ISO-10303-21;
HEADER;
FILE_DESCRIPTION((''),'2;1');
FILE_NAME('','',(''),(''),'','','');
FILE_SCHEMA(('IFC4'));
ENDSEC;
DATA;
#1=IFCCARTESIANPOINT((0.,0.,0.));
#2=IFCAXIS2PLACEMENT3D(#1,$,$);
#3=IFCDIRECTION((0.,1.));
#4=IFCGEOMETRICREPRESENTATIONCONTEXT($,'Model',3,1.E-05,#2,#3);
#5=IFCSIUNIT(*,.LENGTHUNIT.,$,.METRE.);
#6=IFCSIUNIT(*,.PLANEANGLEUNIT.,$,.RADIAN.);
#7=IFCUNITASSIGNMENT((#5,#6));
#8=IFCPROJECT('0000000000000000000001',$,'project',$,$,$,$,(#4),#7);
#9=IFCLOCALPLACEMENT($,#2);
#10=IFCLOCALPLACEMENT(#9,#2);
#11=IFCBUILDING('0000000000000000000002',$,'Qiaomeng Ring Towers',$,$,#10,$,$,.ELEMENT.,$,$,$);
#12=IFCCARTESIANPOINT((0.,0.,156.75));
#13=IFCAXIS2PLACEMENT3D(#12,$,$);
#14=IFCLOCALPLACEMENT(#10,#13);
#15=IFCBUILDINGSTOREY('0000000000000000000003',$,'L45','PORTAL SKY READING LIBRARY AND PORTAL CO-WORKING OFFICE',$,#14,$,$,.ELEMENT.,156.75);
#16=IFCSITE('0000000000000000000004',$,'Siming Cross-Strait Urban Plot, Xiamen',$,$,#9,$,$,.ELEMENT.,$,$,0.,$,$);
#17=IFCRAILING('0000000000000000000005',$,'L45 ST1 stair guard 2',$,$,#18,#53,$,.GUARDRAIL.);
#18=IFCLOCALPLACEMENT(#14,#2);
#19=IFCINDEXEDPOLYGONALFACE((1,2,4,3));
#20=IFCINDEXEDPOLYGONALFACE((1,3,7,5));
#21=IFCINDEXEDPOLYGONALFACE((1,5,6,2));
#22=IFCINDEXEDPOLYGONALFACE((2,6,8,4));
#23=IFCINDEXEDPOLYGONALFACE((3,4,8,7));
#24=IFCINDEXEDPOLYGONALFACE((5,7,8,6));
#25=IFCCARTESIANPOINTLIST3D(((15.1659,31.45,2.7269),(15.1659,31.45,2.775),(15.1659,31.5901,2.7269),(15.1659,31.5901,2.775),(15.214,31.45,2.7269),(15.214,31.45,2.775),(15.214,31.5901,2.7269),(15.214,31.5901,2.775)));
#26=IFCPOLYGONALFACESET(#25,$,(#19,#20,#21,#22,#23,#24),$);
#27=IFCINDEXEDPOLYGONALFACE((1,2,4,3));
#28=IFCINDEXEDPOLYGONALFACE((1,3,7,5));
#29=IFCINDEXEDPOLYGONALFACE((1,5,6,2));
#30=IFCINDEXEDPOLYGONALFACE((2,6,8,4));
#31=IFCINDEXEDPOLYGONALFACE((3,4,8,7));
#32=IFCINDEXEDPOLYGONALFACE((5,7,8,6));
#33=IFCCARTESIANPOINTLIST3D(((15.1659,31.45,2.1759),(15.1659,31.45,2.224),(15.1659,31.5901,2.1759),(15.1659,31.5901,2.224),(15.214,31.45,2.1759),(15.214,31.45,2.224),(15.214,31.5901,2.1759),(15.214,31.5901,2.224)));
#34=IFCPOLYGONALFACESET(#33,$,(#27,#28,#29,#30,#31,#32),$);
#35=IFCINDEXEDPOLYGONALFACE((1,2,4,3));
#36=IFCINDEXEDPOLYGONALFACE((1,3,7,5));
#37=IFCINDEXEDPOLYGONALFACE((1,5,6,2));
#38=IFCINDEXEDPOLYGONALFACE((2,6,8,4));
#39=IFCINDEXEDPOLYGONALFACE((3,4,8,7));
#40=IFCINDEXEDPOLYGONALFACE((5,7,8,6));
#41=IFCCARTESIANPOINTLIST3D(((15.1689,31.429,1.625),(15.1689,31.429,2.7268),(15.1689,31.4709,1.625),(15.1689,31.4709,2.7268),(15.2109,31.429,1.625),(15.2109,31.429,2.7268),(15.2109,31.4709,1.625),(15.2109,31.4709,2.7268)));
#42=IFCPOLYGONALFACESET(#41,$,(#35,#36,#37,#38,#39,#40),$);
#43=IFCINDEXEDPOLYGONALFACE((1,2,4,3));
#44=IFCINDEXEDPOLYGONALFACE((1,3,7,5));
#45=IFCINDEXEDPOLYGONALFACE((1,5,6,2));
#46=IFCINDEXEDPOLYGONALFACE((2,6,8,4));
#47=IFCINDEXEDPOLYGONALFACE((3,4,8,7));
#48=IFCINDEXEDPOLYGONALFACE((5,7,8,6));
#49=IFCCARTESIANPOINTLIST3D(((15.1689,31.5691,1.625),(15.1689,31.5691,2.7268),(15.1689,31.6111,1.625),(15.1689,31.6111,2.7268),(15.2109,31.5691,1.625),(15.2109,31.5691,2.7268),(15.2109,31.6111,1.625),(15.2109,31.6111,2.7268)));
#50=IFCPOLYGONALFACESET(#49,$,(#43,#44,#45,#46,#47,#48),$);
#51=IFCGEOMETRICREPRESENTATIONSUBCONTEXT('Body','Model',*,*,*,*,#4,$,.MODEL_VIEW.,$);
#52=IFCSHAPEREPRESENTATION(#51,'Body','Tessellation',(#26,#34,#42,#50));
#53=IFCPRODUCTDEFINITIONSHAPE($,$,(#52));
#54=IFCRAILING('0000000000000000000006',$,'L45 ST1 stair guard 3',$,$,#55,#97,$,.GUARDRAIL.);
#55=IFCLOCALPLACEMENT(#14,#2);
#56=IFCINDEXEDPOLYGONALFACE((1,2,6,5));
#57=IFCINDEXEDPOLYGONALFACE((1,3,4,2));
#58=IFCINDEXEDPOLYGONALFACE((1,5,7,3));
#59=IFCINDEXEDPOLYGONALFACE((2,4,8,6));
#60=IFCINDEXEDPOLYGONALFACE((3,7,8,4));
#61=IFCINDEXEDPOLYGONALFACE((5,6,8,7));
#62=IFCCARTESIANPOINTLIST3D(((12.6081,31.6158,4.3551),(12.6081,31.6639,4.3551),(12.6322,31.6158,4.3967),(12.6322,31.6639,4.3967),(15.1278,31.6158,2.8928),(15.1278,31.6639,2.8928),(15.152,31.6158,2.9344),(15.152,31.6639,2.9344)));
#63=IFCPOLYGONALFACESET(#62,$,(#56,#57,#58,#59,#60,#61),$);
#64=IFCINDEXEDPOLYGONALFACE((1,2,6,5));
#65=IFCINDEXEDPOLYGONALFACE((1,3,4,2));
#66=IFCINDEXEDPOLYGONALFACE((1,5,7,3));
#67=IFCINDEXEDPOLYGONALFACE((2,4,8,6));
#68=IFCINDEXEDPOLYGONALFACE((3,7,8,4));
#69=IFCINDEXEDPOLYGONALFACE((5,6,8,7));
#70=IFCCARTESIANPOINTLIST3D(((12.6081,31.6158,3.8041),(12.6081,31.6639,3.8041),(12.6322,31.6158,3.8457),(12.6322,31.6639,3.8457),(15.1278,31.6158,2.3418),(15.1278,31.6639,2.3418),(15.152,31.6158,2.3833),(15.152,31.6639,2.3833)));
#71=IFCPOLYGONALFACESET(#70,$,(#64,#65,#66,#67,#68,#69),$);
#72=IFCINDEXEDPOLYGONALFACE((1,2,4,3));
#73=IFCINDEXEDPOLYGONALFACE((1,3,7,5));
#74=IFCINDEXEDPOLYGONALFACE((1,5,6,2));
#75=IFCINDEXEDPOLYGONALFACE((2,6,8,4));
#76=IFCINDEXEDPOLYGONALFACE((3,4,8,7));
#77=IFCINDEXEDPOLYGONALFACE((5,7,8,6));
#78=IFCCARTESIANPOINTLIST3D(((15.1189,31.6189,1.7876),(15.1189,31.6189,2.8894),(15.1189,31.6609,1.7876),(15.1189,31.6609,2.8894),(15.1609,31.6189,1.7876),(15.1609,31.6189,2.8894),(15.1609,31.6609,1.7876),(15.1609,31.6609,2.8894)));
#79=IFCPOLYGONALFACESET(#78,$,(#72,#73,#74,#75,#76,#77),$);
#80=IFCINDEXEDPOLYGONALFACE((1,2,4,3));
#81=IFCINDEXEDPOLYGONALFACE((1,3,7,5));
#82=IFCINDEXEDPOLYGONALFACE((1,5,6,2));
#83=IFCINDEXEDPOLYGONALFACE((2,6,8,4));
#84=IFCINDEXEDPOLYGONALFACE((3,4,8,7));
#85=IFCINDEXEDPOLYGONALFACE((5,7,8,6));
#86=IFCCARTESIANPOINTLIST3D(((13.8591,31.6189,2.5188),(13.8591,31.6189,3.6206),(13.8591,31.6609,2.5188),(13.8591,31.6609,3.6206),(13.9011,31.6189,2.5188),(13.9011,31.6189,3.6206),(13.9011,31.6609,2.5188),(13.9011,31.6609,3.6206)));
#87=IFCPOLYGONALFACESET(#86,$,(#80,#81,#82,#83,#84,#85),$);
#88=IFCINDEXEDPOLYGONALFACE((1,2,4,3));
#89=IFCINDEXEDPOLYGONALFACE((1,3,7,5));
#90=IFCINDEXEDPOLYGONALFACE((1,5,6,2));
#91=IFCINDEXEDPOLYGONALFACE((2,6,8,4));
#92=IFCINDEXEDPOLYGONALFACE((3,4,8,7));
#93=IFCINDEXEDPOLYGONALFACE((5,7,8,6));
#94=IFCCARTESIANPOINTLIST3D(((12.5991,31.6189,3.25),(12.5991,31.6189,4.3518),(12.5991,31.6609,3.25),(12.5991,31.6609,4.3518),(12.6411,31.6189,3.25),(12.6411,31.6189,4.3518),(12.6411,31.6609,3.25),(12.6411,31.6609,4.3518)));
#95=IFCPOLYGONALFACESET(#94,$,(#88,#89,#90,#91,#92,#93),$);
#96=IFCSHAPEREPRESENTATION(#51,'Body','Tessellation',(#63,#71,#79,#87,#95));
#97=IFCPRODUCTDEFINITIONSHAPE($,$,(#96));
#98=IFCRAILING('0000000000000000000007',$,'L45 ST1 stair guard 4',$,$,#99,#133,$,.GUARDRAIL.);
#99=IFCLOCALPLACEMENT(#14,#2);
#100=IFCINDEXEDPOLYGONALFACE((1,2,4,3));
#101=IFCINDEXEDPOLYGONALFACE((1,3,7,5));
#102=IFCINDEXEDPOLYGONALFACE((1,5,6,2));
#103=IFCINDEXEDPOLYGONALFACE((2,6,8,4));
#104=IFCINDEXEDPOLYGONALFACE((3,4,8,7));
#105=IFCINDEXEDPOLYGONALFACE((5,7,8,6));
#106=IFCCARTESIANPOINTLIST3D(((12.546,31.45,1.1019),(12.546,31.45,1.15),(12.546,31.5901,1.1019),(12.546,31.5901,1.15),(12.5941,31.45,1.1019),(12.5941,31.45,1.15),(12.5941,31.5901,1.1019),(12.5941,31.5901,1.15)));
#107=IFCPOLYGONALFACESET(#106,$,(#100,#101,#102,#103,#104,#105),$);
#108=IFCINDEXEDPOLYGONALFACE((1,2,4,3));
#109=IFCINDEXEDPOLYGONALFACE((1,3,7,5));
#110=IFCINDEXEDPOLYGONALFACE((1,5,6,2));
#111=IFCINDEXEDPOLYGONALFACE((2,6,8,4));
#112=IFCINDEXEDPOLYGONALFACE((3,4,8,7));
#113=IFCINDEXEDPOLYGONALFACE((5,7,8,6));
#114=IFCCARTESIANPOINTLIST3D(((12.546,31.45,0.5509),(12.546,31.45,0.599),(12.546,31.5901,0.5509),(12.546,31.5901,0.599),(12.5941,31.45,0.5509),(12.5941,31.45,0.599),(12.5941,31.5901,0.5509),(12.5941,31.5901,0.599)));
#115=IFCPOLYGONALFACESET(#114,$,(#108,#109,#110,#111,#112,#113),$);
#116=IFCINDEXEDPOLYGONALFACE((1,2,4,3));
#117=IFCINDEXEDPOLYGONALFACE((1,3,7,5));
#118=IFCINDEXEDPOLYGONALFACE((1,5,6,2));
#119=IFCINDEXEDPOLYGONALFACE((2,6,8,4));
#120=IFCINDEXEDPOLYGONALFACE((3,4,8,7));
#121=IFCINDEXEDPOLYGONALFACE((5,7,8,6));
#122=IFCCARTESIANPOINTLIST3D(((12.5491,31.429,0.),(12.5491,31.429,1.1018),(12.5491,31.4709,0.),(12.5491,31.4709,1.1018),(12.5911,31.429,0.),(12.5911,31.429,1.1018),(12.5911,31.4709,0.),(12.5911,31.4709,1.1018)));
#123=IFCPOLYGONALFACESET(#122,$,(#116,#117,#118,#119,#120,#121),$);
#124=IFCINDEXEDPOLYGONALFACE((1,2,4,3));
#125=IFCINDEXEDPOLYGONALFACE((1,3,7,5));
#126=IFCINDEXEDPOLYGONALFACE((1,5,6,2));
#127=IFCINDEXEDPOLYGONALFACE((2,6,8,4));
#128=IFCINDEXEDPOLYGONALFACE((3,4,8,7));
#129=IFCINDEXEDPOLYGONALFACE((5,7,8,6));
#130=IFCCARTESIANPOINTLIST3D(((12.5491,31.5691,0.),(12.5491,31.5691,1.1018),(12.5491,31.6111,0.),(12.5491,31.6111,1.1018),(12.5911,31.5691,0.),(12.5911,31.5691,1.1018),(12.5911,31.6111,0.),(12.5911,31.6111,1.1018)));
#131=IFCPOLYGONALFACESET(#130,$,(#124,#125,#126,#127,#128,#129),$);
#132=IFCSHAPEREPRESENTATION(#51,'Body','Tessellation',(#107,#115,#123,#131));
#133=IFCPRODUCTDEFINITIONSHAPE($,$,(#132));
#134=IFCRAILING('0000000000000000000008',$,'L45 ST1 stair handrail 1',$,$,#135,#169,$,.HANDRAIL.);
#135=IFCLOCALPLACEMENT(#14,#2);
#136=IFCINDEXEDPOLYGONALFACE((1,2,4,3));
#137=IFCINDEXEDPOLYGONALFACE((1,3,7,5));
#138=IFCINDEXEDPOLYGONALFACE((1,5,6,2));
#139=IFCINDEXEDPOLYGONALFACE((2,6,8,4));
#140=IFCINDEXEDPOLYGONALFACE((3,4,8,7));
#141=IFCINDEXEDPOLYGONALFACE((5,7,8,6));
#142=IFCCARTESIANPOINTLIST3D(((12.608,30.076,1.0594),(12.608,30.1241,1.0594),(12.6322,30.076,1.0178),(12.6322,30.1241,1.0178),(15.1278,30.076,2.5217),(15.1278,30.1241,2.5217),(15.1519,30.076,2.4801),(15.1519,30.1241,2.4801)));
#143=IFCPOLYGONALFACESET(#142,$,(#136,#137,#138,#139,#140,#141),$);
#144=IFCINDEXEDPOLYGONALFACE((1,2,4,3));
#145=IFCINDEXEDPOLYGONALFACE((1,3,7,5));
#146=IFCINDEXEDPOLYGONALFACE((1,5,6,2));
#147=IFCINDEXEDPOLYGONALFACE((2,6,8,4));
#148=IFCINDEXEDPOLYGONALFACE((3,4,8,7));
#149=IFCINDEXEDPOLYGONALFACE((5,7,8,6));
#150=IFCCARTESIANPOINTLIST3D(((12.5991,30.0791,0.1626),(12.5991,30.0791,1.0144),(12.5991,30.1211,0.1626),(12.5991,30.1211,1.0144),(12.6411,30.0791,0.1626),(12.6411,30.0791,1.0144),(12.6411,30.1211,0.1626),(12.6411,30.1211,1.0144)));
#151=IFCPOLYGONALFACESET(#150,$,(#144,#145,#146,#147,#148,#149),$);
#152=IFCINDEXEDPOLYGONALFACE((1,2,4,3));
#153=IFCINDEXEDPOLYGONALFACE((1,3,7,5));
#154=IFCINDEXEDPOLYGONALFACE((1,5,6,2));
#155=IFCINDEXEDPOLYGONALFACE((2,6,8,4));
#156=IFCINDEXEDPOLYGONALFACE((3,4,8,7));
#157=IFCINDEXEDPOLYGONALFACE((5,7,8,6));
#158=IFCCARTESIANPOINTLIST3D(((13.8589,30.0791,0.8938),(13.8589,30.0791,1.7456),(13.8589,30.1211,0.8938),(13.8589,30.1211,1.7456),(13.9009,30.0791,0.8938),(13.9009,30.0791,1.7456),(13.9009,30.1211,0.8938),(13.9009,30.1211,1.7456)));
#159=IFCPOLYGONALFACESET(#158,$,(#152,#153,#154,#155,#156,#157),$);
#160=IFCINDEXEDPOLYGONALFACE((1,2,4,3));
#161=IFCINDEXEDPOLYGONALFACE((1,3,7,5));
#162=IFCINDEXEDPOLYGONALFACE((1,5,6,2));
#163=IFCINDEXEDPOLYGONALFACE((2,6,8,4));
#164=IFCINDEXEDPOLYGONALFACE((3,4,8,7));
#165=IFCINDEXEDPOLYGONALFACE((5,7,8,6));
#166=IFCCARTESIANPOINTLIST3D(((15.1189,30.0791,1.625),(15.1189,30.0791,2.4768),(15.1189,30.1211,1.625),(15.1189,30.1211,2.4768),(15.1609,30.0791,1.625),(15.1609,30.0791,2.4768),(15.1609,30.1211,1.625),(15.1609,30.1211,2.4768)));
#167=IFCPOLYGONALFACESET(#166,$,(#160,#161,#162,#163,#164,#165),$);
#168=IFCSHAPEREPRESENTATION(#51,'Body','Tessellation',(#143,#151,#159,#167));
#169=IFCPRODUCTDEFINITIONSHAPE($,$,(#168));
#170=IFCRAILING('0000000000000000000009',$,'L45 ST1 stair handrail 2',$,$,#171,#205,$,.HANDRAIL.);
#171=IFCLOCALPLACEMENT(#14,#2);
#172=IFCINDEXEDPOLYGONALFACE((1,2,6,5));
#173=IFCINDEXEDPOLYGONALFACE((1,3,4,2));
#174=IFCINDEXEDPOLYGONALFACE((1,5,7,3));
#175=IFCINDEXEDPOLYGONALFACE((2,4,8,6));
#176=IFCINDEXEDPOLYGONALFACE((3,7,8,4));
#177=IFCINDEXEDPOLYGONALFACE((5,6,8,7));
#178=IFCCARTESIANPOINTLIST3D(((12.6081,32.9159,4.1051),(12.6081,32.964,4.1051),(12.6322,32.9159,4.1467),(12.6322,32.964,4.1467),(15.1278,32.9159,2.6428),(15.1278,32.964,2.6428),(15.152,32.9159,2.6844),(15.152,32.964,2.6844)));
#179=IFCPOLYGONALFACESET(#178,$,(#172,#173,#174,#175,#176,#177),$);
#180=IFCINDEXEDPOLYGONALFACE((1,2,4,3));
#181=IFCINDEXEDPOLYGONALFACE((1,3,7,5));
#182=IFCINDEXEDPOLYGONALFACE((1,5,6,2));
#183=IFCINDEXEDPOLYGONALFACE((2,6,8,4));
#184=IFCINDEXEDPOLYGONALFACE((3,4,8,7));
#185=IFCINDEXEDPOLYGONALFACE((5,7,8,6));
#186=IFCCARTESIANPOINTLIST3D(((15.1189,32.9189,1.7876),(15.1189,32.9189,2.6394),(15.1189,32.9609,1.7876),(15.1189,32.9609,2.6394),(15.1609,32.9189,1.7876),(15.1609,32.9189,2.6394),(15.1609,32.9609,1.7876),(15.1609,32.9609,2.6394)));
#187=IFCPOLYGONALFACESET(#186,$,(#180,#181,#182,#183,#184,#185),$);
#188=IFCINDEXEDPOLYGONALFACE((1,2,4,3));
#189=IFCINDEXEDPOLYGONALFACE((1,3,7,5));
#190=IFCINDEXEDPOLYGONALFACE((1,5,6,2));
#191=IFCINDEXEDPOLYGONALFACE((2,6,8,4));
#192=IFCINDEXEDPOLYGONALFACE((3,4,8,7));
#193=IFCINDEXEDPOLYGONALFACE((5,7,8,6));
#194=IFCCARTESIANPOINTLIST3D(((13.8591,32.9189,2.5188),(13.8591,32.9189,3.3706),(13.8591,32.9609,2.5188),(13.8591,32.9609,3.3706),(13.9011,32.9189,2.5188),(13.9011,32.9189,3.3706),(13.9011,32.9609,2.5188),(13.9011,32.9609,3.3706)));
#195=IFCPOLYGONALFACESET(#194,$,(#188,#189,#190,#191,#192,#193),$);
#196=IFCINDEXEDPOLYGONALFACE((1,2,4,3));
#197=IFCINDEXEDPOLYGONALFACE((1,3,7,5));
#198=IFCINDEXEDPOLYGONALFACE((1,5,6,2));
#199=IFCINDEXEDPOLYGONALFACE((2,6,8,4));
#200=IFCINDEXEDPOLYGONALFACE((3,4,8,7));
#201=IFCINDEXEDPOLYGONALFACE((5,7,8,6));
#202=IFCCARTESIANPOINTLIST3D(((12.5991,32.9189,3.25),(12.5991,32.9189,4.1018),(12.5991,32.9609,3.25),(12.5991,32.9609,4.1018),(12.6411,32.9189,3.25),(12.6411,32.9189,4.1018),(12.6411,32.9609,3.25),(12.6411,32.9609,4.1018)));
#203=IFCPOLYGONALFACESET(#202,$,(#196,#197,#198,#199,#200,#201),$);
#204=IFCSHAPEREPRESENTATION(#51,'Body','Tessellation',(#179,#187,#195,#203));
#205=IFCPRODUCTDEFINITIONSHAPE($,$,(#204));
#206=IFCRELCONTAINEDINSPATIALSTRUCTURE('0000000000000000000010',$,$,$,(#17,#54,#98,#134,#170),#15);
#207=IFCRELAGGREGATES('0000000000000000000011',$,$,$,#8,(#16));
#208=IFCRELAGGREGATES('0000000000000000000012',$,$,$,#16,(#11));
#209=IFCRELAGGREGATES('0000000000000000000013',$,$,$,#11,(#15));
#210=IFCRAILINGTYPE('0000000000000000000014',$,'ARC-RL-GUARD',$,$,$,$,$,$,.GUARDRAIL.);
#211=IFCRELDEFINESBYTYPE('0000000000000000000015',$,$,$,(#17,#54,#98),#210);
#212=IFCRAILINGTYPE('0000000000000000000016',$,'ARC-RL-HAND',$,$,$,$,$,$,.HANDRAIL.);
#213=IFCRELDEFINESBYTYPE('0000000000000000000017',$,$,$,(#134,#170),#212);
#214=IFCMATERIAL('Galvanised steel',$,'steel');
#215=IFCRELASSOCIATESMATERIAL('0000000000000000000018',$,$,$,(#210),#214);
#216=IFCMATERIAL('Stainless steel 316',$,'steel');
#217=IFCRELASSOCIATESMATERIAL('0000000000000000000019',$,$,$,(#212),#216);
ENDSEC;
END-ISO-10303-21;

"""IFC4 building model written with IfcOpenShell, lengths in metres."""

from ifc_helpers import new_model, si_unit, direction, frame, origin, origin_2d, place, context, subcontext, project, spatial, rectangle, extrude, material, type_object, element, save


model = new_model("IFC4")

# Units and contexts
model_context = context("Model", 3, precision=1e-05, world=origin(), true_north=direction((0.0, 1.0)))
body_context = subcontext(model_context, "Body", "Model", "MODEL_VIEW")
ifc_project = project(units=[si_unit("LENGTHUNIT", "METRE"), si_unit("PLANEANGLEUNIT", "RADIAN")], contexts=[model_context])

# Site, building, storey
site_placement = place(None, origin())
site = spatial("IfcSite", under=ifc_project, at=site_placement, Name="Siming Cross-Strait Urban Plot, Xiamen", CompositionType="ELEMENT", RefElevation=0.0)
building_placement = place(site_placement, origin())
building = spatial("IfcBuilding", under=site, at=building_placement, Name="Qiaomeng Ring Towers", CompositionType="ELEMENT")
storey_placement = place(building_placement, frame((0.0, 0.0, 156.75)))
storey = spatial("IfcBuildingStorey", under=building, at=storey_placement, Name="L45", Description="PORTAL SKY READING LIBRARY AND PORTAL CO-WORKING OFFICE", CompositionType="ELEMENT", Elevation=156.75)

# Shared definitions
ifc_material_1 = material(Name="Galvanised steel", Category="steel")

# Railings
railing_type_1 = type_object("IfcRailingType", Name="ARC-RL-GUARD", PredefinedType="GUARDRAIL", material=ifc_material_1)
railing_1_placement = place(storey_placement, frame((15.1899, 31.45, 1.625)))
element("IfcRailing", 1, at=railing_1_placement, inside=storey, type_object=railing_type_1, Name="L45 ST1 stair guard 2", PredefinedType="GUARDRAIL", context=body_context, shape_type="SweptSolid", body=[
    extrude(rectangle(XDim=0.0481, YDim=0.0481, at=origin_2d()), frame((0.0, 0.0, 1.126), z_axis=(0.0, 1.0, 0.0), x_axis=(-1.0, 0.0, 0.0)), (0.0, 0.0, 1.0), 0.1401),
    extrude(rectangle(XDim=0.0481, YDim=0.0481, at=origin_2d()), frame((0.0, 0.0, 0.575), z_axis=(0.0, 1.0, 0.0), x_axis=(-1.0, 0.0, 0.0)), (0.0, 0.0, 1.0), 0.1401),
    extrude(rectangle(XDim=0.042, YDim=0.042, at=origin_2d()), origin(), (0.0, 0.0, 1.0), 1.1018),
    extrude(rectangle(XDim=0.042, YDim=0.042, at=origin_2d()), frame((0.0, 0.1401, 0.0)), (0.0, 0.0, 1.0), 1.1018),
])
railing_2_placement = place(storey_placement, frame((15.1399, 31.6399, 1.7876)))
element("IfcRailing", 2, at=railing_2_placement, inside=storey, type_object=railing_type_1, Name="L45 ST1 stair guard 3", PredefinedType="GUARDRAIL", context=body_context, shape_type="SweptSolid", body=[
    extrude(rectangle(XDim=0.0481, YDim=0.0481, at=origin_2d()), frame((0.0, 0.0, 1.126), z_axis=(-0.864892, 0.0, 0.501958), x_axis=(0.0, -1.0, 0.0)), (0.0, 0.0, 1.0), 2.9133),
    extrude(rectangle(XDim=0.0481, YDim=0.0481, at=origin_2d()), frame((0.0, 0.0, 0.575), z_axis=(-0.864892, 0.0, 0.501958), x_axis=(0.0, -1.0, 0.0)), (0.0, 0.0, 1.0), 2.9133),
    extrude(rectangle(XDim=0.042, YDim=0.042, at=origin_2d()), origin(), (0.0, 0.0, 1.0), 1.1018),
    extrude(rectangle(XDim=0.042, YDim=0.042, at=origin_2d()), frame((-1.2598, 0.0, 0.7312)), (0.0, 0.0, 1.0), 1.1018),
    extrude(rectangle(XDim=0.042, YDim=0.042, at=origin_2d()), frame((-2.5198, 0.0, 1.4624)), (0.0, 0.0, 1.0), 1.1018),
])
railing_3_placement = place(storey_placement, frame((12.5701, 31.45, 0.0)))
element("IfcRailing", 3, at=railing_3_placement, inside=storey, type_object=railing_type_1, Name="L45 ST1 stair guard 4", PredefinedType="GUARDRAIL", context=body_context, shape_type="SweptSolid", body=[
    extrude(rectangle(XDim=0.0481, YDim=0.0481, at=origin_2d()), frame((0.0, 0.0, 1.126), z_axis=(0.0, 1.0, 0.0), x_axis=(-1.0, 0.0, 0.0)), (0.0, 0.0, 1.0), 0.1401),
    extrude(rectangle(XDim=0.0481, YDim=0.0481, at=origin_2d()), frame((0.0, 0.0, 0.575), z_axis=(0.0, 1.0, 0.0), x_axis=(-1.0, 0.0, 0.0)), (0.0, 0.0, 1.0), 0.1401),
    extrude(rectangle(XDim=0.042, YDim=0.042, at=origin_2d()), origin(), (0.0, 0.0, 1.0), 1.1018),
    extrude(rectangle(XDim=0.042, YDim=0.042, at=origin_2d()), frame((0.0, 0.1401, 0.0)), (0.0, 0.0, 1.0), 1.1018),
])
ifc_material_2 = material(Name="Stainless steel 316", Category="steel")
railing_type_2 = type_object("IfcRailingType", Name="ARC-RL-HAND", PredefinedType="HANDRAIL", material=ifc_material_2)
railing_4_placement = place(storey_placement, frame((12.6201, 30.1001, 0.1626)))
element("IfcRailing", 4, at=railing_4_placement, inside=storey, type_object=railing_type_2, Name="L45 ST1 stair handrail 1", PredefinedType="HANDRAIL", context=body_context, shape_type="SweptSolid", body=[
    extrude(rectangle(XDim=0.0481, YDim=0.0481, at=origin_2d()), frame((0.0, 0.0, 0.876), z_axis=(0.864892, 0.0, 0.501958), x_axis=(0.0, 1.0, 0.0)), (0.0, 0.0, 1.0), 2.9133),
    extrude(rectangle(XDim=0.042, YDim=0.042, at=origin_2d()), origin(), (0.0, 0.0, 1.0), 0.8518),
    extrude(rectangle(XDim=0.042, YDim=0.042, at=origin_2d()), frame((1.2598, 0.0, 0.7312)), (0.0, 0.0, 1.0), 0.8518),
    extrude(rectangle(XDim=0.042, YDim=0.042, at=origin_2d()), frame((2.5198, 0.0, 1.4624)), (0.0, 0.0, 1.0), 0.8518),
])
railing_5_placement = place(storey_placement, frame((15.1399, 32.9399, 1.7876)))
element("IfcRailing", 5, at=railing_5_placement, inside=storey, type_object=railing_type_2, Name="L45 ST1 stair handrail 2", PredefinedType="HANDRAIL", context=body_context, shape_type="SweptSolid", body=[
    extrude(rectangle(XDim=0.0481, YDim=0.0481, at=origin_2d()), frame((0.0, 0.0, 0.876), z_axis=(-0.864892, 0.0, 0.501958), x_axis=(0.0, -1.0, 0.0)), (0.0, 0.0, 1.0), 2.9133),
    extrude(rectangle(XDim=0.042, YDim=0.042, at=origin_2d()), origin(), (0.0, 0.0, 1.0), 0.8518),
    extrude(rectangle(XDim=0.042, YDim=0.042, at=origin_2d()), frame((-1.2598, 0.0, 0.7312)), (0.0, 0.0, 1.0), 0.8518),
    extrude(rectangle(XDim=0.042, YDim=0.042, at=origin_2d()), frame((-2.5198, 0.0, 1.4624)), (0.0, 0.0, 1.0), 0.8518),
])

save(model, "model.ifc")
